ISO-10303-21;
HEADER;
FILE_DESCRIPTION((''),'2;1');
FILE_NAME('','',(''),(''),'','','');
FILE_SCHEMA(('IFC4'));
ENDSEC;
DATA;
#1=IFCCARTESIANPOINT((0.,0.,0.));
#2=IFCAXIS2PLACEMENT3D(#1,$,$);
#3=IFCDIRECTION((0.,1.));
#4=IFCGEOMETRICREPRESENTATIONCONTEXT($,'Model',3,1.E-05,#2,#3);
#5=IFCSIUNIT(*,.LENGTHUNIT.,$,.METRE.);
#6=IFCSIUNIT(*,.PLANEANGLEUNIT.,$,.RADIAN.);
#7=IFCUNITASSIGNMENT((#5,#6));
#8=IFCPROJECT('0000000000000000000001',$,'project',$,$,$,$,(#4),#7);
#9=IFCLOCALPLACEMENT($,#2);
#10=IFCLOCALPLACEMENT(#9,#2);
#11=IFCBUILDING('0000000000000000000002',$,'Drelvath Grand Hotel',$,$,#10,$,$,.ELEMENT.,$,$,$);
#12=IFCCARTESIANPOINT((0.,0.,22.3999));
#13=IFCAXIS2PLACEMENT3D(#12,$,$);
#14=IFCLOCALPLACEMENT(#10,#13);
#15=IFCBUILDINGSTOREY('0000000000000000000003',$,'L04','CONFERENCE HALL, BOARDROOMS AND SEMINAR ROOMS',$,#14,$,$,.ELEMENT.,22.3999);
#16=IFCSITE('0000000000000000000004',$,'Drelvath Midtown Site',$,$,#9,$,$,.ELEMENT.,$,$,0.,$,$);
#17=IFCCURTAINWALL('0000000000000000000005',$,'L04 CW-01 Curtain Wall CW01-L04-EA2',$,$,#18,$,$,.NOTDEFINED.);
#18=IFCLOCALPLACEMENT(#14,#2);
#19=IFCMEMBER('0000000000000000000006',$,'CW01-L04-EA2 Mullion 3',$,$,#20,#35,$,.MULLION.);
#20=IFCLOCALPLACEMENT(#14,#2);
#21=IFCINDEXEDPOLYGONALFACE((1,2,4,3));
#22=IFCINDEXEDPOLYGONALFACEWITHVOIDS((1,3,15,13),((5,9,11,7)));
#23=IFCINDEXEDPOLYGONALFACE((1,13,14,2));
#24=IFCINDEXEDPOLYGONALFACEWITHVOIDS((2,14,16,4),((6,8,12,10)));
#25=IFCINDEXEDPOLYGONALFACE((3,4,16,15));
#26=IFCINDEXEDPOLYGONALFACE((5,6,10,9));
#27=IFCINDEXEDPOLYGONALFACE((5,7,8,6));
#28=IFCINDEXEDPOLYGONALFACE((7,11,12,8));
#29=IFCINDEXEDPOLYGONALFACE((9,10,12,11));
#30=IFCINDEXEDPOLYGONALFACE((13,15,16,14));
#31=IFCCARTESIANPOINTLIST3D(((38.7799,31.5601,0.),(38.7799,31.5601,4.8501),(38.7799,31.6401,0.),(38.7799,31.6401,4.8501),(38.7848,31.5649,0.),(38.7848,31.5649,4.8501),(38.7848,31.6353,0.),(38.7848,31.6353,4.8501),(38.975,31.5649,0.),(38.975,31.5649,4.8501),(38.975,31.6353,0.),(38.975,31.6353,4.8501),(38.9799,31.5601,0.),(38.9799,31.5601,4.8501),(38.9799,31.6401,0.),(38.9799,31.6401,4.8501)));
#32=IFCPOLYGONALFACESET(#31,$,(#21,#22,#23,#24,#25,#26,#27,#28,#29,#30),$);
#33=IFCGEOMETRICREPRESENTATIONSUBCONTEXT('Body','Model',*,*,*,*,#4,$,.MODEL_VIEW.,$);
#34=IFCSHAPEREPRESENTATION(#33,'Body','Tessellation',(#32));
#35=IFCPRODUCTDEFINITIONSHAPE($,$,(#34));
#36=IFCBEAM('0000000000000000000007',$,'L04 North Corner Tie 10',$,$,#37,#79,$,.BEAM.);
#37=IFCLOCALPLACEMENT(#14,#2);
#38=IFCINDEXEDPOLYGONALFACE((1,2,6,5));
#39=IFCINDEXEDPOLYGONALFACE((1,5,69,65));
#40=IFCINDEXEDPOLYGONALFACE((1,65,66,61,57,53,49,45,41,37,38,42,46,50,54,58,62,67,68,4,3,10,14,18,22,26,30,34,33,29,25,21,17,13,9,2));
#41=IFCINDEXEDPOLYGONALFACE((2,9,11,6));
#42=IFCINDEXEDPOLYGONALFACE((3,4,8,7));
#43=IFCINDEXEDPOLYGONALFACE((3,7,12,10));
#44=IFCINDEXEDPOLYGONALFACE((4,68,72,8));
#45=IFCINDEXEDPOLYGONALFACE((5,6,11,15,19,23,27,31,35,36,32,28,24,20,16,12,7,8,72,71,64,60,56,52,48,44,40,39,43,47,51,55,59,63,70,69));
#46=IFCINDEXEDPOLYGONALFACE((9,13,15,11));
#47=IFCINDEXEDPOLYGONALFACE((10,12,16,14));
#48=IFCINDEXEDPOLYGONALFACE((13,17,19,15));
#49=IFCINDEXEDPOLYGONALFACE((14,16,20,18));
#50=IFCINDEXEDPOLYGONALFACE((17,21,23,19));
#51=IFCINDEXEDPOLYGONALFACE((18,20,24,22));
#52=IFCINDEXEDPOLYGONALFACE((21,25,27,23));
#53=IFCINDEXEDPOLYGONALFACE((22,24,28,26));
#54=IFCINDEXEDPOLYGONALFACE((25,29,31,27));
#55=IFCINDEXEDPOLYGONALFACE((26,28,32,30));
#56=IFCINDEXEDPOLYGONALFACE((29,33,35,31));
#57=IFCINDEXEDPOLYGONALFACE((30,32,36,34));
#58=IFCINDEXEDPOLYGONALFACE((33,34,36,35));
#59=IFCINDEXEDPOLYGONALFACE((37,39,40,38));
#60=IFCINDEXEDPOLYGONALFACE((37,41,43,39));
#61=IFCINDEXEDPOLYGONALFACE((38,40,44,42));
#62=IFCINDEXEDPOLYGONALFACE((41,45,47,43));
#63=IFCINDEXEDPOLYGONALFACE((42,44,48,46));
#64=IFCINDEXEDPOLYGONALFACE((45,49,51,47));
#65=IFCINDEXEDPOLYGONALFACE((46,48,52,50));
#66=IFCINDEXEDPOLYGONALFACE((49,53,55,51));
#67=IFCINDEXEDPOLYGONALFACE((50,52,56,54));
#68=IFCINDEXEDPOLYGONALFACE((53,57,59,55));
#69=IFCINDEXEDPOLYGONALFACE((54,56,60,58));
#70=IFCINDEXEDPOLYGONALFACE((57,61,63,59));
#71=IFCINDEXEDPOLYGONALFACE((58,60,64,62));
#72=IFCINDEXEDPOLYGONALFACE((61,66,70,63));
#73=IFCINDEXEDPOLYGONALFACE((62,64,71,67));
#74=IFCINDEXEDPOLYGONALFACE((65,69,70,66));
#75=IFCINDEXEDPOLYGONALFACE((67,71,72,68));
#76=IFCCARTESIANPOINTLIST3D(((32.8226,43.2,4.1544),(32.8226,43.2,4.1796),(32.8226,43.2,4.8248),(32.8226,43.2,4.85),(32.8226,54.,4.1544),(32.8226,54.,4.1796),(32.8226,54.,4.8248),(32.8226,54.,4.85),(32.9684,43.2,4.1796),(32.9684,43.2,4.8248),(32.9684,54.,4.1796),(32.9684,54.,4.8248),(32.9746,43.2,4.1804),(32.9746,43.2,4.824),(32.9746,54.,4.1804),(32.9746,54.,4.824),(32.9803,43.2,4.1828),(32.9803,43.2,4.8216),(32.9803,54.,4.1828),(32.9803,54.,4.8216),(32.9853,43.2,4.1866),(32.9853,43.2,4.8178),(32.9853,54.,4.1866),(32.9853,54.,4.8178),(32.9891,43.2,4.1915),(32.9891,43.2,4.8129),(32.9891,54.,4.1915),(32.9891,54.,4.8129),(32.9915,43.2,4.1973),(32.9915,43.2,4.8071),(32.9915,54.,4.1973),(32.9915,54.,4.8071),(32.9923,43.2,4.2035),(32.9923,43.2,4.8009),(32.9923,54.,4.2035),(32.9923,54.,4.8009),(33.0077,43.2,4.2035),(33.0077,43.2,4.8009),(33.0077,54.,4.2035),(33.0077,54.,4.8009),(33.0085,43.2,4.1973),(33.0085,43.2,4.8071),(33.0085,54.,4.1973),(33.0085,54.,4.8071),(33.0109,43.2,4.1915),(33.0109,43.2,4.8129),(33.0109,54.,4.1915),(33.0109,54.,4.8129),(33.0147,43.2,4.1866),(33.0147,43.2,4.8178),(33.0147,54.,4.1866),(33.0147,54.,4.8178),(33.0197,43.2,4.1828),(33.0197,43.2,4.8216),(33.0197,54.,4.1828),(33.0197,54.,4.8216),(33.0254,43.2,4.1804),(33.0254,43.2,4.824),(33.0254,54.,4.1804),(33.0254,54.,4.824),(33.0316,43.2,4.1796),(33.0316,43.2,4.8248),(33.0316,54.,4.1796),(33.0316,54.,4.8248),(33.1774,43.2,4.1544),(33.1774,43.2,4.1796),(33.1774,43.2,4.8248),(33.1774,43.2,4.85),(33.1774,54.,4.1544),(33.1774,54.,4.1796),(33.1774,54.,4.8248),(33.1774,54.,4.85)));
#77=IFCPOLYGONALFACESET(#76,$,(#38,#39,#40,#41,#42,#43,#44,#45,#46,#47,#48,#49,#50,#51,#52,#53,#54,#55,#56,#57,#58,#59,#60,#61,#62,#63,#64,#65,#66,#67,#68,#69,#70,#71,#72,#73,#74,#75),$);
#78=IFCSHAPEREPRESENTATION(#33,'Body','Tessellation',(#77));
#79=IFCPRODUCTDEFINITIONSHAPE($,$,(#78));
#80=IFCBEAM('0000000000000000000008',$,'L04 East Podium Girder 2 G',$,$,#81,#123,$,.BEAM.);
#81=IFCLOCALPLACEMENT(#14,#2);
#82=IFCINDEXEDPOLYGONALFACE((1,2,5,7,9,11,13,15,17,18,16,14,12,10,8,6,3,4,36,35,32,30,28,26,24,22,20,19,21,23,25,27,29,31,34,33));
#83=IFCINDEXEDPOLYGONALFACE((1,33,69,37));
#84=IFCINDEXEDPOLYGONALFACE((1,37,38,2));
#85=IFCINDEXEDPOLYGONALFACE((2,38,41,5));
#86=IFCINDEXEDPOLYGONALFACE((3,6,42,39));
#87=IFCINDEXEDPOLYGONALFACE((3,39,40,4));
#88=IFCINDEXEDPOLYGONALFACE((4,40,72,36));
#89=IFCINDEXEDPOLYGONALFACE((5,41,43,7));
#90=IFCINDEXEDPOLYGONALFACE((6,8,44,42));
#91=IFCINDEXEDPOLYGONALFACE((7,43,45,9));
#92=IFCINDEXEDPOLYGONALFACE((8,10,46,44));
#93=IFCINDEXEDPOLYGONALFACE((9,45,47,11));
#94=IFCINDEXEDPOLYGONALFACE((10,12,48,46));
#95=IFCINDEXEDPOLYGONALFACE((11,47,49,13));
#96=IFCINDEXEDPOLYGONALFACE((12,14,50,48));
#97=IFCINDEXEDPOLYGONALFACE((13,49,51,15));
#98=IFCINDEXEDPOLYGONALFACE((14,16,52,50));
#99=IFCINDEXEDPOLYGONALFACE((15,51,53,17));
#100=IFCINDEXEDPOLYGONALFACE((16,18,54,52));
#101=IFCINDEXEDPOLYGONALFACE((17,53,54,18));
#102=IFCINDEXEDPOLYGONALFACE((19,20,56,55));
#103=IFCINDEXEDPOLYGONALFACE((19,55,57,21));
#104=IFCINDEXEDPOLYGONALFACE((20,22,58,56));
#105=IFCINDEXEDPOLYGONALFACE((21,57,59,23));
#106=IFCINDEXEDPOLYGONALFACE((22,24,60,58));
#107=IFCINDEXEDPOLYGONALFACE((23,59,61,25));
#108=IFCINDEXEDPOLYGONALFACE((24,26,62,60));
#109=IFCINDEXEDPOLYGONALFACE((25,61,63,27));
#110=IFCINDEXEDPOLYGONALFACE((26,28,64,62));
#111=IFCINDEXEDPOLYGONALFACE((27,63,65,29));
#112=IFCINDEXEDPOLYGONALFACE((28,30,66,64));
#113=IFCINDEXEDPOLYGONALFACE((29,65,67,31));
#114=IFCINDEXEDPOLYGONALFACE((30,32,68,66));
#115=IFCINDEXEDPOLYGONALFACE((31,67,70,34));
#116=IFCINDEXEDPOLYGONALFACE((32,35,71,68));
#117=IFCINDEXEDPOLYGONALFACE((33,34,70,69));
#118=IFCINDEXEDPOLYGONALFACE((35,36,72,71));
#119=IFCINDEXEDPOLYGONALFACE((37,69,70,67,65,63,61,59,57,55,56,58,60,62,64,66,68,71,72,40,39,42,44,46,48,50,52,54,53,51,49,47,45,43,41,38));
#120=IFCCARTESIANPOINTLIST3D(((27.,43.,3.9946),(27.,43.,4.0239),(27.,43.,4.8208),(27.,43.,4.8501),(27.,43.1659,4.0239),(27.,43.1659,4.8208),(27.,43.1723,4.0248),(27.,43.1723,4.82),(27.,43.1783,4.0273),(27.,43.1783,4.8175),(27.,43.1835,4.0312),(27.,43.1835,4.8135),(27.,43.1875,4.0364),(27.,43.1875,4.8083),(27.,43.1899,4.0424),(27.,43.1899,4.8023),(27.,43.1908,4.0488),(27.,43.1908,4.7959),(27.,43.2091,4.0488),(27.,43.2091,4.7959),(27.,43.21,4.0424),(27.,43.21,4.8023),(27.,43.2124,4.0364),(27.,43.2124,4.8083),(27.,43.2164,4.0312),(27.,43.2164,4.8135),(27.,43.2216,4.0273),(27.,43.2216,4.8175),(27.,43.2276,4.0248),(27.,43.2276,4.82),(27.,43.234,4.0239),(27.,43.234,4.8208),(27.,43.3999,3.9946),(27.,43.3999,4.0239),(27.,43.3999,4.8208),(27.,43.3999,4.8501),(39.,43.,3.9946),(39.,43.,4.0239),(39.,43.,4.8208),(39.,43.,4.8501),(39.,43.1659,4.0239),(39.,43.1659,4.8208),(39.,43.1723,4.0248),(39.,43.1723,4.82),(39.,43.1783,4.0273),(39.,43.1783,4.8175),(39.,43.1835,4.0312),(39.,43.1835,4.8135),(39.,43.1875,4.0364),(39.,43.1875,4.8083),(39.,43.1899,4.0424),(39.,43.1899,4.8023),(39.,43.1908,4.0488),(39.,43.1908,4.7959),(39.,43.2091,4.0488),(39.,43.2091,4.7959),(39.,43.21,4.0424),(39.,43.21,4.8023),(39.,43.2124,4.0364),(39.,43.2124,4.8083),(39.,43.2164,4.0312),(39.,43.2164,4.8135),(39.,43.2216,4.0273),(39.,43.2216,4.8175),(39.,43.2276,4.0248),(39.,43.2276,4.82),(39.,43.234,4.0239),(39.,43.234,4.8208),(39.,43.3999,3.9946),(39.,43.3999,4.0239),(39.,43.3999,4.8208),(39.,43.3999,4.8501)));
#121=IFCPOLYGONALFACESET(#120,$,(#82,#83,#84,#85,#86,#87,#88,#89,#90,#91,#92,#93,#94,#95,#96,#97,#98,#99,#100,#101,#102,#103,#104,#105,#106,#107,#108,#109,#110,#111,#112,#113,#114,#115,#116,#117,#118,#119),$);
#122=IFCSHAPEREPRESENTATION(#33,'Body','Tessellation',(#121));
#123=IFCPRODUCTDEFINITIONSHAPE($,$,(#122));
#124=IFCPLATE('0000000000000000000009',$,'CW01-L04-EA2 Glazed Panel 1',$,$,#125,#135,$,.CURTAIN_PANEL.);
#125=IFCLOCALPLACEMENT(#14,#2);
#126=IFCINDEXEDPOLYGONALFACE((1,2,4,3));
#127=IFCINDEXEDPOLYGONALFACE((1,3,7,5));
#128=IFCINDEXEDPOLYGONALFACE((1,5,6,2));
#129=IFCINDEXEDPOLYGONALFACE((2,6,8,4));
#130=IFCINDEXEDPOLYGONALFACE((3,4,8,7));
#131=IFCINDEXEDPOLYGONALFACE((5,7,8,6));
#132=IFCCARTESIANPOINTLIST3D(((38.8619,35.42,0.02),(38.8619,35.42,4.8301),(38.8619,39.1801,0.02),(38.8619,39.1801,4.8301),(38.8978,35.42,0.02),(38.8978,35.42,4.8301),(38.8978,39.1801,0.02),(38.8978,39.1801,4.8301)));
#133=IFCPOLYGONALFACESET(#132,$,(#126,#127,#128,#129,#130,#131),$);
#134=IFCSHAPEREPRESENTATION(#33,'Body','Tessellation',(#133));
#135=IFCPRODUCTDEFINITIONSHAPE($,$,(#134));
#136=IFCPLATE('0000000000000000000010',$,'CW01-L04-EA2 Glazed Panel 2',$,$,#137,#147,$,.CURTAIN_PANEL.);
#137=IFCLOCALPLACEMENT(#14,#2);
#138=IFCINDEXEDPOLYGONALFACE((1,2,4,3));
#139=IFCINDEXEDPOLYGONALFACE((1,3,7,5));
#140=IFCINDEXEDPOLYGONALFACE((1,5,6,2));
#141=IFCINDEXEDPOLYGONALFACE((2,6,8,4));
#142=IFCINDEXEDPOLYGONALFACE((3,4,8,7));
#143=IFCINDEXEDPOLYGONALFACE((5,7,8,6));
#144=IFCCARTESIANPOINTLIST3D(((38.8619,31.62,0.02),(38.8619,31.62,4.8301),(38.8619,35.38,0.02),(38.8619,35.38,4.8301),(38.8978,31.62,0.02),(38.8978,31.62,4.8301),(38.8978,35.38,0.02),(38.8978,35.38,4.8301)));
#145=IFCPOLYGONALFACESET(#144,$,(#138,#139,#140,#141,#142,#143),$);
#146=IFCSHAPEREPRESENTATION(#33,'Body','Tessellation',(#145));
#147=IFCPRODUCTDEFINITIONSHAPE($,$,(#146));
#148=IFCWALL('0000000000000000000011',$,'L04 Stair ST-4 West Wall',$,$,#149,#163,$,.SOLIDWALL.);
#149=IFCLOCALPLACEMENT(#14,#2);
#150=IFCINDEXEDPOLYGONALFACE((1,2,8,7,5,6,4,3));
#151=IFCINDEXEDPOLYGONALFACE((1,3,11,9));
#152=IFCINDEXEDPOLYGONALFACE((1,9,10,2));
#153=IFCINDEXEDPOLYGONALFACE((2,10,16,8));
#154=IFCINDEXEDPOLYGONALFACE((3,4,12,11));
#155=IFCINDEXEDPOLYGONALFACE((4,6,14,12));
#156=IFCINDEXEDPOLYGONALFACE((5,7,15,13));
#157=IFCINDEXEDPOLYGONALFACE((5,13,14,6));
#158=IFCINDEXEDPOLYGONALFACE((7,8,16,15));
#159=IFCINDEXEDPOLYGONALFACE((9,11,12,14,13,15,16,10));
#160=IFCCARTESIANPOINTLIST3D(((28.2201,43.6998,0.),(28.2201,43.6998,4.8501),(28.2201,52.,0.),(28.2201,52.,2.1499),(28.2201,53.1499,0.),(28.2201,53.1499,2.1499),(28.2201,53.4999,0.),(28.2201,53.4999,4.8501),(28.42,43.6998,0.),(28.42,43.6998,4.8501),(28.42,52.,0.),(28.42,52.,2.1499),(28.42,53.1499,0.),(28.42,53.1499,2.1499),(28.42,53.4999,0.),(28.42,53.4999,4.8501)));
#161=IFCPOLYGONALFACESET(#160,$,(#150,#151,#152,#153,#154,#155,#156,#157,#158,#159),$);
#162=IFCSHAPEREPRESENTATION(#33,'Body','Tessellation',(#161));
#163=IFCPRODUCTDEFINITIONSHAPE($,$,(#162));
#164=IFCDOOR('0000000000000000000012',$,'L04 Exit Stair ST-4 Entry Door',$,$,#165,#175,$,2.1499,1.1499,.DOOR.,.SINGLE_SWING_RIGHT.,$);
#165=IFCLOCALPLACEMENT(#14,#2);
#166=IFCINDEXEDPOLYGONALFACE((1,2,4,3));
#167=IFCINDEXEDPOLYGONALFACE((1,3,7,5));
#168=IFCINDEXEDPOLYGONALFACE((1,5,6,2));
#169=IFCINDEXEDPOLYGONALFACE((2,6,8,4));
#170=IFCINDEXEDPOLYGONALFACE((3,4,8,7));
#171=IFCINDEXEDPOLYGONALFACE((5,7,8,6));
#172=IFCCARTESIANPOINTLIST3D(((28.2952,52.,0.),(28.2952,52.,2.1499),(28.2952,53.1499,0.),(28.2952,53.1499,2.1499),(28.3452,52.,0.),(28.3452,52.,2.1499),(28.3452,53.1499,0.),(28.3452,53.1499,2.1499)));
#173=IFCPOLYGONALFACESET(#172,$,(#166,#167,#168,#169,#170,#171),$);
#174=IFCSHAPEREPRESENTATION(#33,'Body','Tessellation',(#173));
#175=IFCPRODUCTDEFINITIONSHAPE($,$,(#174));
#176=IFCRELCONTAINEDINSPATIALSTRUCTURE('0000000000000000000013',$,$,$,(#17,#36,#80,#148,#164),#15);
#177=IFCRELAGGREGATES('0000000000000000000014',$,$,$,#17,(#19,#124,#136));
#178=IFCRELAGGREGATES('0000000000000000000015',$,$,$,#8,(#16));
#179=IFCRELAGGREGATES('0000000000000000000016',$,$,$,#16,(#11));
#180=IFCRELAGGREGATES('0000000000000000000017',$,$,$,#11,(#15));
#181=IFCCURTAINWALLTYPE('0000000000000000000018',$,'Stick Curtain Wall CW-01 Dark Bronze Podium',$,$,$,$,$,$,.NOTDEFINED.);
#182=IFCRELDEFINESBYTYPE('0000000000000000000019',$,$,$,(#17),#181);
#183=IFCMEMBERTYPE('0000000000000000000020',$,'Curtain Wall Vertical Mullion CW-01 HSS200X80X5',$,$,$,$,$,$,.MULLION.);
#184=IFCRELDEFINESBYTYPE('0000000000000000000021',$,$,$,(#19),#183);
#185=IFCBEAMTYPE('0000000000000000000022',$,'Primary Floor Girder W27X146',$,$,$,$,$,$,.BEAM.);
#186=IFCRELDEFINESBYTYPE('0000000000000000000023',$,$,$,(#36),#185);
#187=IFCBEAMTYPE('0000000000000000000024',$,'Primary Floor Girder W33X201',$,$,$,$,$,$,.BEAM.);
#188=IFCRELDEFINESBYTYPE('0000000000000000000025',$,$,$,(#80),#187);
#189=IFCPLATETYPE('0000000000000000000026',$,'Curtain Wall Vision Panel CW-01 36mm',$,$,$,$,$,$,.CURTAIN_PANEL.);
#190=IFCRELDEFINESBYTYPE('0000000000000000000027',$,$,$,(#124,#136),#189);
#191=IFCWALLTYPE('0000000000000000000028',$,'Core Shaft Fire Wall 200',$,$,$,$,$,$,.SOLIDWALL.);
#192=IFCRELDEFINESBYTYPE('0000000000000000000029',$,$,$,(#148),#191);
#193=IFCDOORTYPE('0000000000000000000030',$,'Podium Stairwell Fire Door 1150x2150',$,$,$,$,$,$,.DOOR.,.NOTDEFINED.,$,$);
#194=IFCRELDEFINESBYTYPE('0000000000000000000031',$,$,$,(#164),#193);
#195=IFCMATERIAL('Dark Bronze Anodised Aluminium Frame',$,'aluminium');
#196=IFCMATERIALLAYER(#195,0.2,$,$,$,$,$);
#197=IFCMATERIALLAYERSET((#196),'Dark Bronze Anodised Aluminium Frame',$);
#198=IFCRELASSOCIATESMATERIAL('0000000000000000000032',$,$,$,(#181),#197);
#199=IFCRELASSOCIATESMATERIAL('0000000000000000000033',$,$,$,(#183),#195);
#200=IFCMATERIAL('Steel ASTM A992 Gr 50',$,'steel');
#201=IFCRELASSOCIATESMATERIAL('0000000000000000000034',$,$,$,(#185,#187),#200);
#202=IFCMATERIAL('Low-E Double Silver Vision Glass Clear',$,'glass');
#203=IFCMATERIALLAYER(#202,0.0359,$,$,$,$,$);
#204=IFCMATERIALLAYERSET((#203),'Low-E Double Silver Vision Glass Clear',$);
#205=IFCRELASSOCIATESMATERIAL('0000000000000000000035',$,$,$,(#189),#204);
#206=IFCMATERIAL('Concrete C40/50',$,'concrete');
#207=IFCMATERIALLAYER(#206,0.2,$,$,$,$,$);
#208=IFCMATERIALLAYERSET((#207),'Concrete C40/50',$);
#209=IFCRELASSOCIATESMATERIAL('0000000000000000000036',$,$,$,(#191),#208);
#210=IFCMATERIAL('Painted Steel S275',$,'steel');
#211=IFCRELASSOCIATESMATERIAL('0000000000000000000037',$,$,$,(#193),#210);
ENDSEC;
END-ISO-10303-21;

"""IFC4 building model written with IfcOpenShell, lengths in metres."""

from ifc_helpers import new_model, si_unit, direction, frame, frame_2d, origin, origin_2d, place, context, subcontext, project, spatial, rectangle, hollow_rectangle, i_section, extrude, material, layer, layer_set, material_profile, profile_set, type_object, element, fill, aggregate, save


model = new_model("IFC4")

# Units and contexts
model_context = context("Model", 3, precision=1e-05, world=origin(), true_north=direction((0.0, 1.0)))
body_context = subcontext(model_context, "Body", "Model", "MODEL_VIEW")
ifc_project = project(units=[si_unit("LENGTHUNIT", "METRE"), si_unit("PLANEANGLEUNIT", "RADIAN")], contexts=[model_context])

# Site, building, storey
site_placement = place(None, origin())
site = spatial("IfcSite", under=ifc_project, at=site_placement, Name="Drelvath Midtown Site", CompositionType="ELEMENT", RefElevation=0.0)
building_placement = place(site_placement, origin())
building = spatial("IfcBuilding", under=site, at=building_placement, Name="Drelvath Grand Hotel", CompositionType="ELEMENT")
storey_placement = place(building_placement, frame((0.0, 0.0, 22.3999)))
storey = spatial("IfcBuildingStorey", under=building, at=storey_placement, Name="L04", Description="CONFERENCE HALL, BOARDROOMS AND SEMINAR ROOMS", CompositionType="ELEMENT", Elevation=22.3999)

# Curtain wall, member
ifc_material_1 = material(Name="Dark Bronze Anodised Aluminium Frame", Category="aluminium")
ifc_layer_1 = layer(ifc_material_1, 0.2)
ifc_layer_set_1 = layer_set([ifc_layer_1], Name="Dark Bronze Anodised Aluminium Frame")
curtain_wall_type = type_object("IfcCurtainWallType", Name="Stick Curtain Wall CW-01 Dark Bronze Podium", PredefinedType="NOTDEFINED", material=ifc_layer_set_1)
curtain_wall_placement = place(storey_placement, origin())
curtain_wall = element("IfcCurtainWall", 1, at=curtain_wall_placement, inside=storey, type_object=curtain_wall_type, Name="L04 CW-01 Curtain Wall CW01-L04-EA2", PredefinedType="NOTDEFINED")
ifc_material_profile_1 = material_profile(ifc_material_1, hollow_rectangle(XDim=0.0801, YDim=0.2, WallThickness=0.0049, at=origin_2d()), Name="HSS200X80X5")
ifc_profile_set_1 = profile_set([ifc_material_profile_1], Name="Dark Bronze Anodised Aluminium Frame")
member_type_1 = type_object("IfcMemberType", Name="Curtain Wall Vertical Mullion CW-01 HSS200X80X5", PredefinedType="MULLION", material=ifc_profile_set_1)
member_1_placement = place(storey_placement, frame((38.8799, 31.6001, 0.0), z_axis=(0.0, 0.0, 1.0), x_axis=(0.0, 1.0, 0.0)))
member_1 = element("IfcMember", 2, at=member_1_placement, type_object=member_type_1, Name="CW01-L04-EA2 Mullion 3", PredefinedType="MULLION", context=body_context, shape_type="SweptSolid", body=[
    extrude(hollow_rectangle(XDim=0.0801, YDim=0.2, WallThickness=0.0049, at=origin_2d()), origin(), (0.0, 0.0, 1.0), 4.8501),
])

# Beams
ifc_material_2 = material(Name="Steel ASTM A992 Gr 50", Category="steel")
ifc_material_profile_2 = material_profile(ifc_material_2, i_section(OverallWidth=0.3547, OverallDepth=0.6956, WebThickness=0.0154, FlangeThickness=0.0251, FilletRadius=0.0239, at=origin_2d()), Name="W27X146")
ifc_profile_set_2 = profile_set([ifc_material_profile_2], Name="Steel ASTM A992 Gr 50")
beam_type_1 = type_object("IfcBeamType", Name="Primary Floor Girder W27X146", PredefinedType="BEAM", material=ifc_profile_set_2)
beam_1_placement = place(storey_placement, frame((33.0, 43.2, 4.5022), z_axis=(0.0, 1.0, 0.0), x_axis=(-1.0, 0.0, 0.0)))
element("IfcBeam", 3, at=beam_1_placement, inside=storey, type_object=beam_type_1, Name="L04 North Corner Tie 10", PredefinedType="BEAM", context=body_context, shape_type="SweptSolid", body=[
    extrude(i_section(OverallWidth=0.3547, OverallDepth=0.6956, WebThickness=0.0154, FlangeThickness=0.0251, FilletRadius=0.0239, at=origin_2d()), origin(), (0.0, 0.0, 1.0), 10.8),
])
ifc_material_profile_3 = material_profile(ifc_material_2, i_section(OverallWidth=0.3999, OverallDepth=0.8555, WebThickness=0.0183, FlangeThickness=0.0293, FilletRadius=0.0249, at=origin_2d()), Name="W33X201")
ifc_profile_set_3 = profile_set([ifc_material_profile_3], Name="Steel ASTM A992 Gr 50")
beam_type_2 = type_object("IfcBeamType", Name="Primary Floor Girder W33X201", PredefinedType="BEAM", material=ifc_profile_set_3)
beam_2_placement = place(storey_placement, frame((27.0, 43.2, 4.4224), z_axis=(1.0, 0.0, 0.0), x_axis=(0.0, 1.0, 0.0)))
element("IfcBeam", 4, at=beam_2_placement, inside=storey, type_object=beam_type_2, Name="L04 East Podium Girder 2 G", PredefinedType="BEAM", context=body_context, shape_type="SweptSolid", body=[
    extrude(i_section(OverallWidth=0.3999, OverallDepth=0.8555, WebThickness=0.0183, FlangeThickness=0.0293, FilletRadius=0.0249, at=origin_2d()), origin(), (0.0, 0.0, 1.0), 12.0),
])

# Plates
ifc_material_3 = material(Name="Low-E Double Silver Vision Glass Clear", Category="glass")
ifc_layer_2 = layer(ifc_material_3, 0.0359)
ifc_layer_set_2 = layer_set([ifc_layer_2], Name="Low-E Double Silver Vision Glass Clear")
plate_type = type_object("IfcPlateType", Name="Curtain Wall Vision Panel CW-01 36mm", PredefinedType="CURTAIN_PANEL", material=ifc_layer_set_2)
plate_1_placement = place(storey_placement, frame((38.8799, 37.3, 0.02), z_axis=(0.0, 0.0, 1.0), x_axis=(0.0, -1.0, 0.0)))
plate_1 = element("IfcPlate", 5, at=plate_1_placement, type_object=plate_type, Name="CW01-L04-EA2 Glazed Panel 1", PredefinedType="CURTAIN_PANEL", context=body_context, shape_type="SweptSolid", body=[
    extrude(rectangle(XDim=3.76, YDim=0.0359, at=origin_2d()), origin(), (0.0, 0.0, 1.0), 4.8101),
])
plate_2_placement = place(storey_placement, frame((38.8799, 33.5, 0.02), z_axis=(0.0, 0.0, 1.0), x_axis=(0.0, -1.0, 0.0)))
plate_2 = element("IfcPlate", 6, at=plate_2_placement, type_object=plate_type, Name="CW01-L04-EA2 Glazed Panel 2", PredefinedType="CURTAIN_PANEL", context=body_context, shape_type="SweptSolid", body=[
    extrude(rectangle(XDim=3.76, YDim=0.0359, at=origin_2d()), origin(), (0.0, 0.0, 1.0), 4.8101),
])
aggregate(curtain_wall, [member_1, plate_1, plate_2])

# Wall, opening, door
ifc_material_4 = material(Name="Concrete C40/50", Category="concrete")
ifc_layer_3 = layer(ifc_material_4, 0.2)
ifc_layer_set_3 = layer_set([ifc_layer_3], Name="Concrete C40/50")
wall_type_1 = type_object("IfcWallType", Name="Core Shaft Fire Wall 200", PredefinedType="SOLIDWALL", material=ifc_layer_set_3)
wall_1_placement = place(storey_placement, frame((28.3201, 43.7, 0.0), z_axis=(0.0, 0.0, 1.0), x_axis=(0.0, 1.0, 0.0)))
wall_1 = element("IfcWall", 7, at=wall_1_placement, inside=storey, type_object=wall_type_1, Name="L04 Stair ST-4 West Wall", PredefinedType="SOLIDWALL", context=body_context, shape_type="SweptSolid", body=[
    extrude(rectangle(XDim=9.8, YDim=0.2, at=frame_2d((4.8999, 0.0))), origin(), (0.0, 0.0, 1.0), 4.8501),
])
opening_1_placement = place(wall_1_placement, frame((8.3, 0.0, 0.0)))
opening_1 = element("IfcOpeningElement", 8, at=opening_1_placement, cuts=wall_1, PredefinedType="OPENING", context=body_context, shape_type="SweptSolid", body=[
    extrude(rectangle(XDim=1.1499, YDim=2.1499, at=frame_2d((0.575, 1.075))), frame((0.0, 0.1099, 0.0), z_axis=(0.0, -1.0, 0.0), x_axis=(1.0, 0.0, 0.0)), (0.0, 0.0, 1.0), 0.22),
])
ifc_material_5 = material(Name="Painted Steel S275", Category="steel")
door_type = type_object("IfcDoorType", Name="Podium Stairwell Fire Door 1150x2150", OperationType="NOTDEFINED", PredefinedType="DOOR", material=ifc_material_5)
door_placement = place(opening_1_placement, origin())
door = element("IfcDoor", 9, at=door_placement, inside=storey, type_object=door_type, Name="L04 Exit Stair ST-4 Entry Door", OperationType="SINGLE_SWING_RIGHT", OverallHeight=2.1499, OverallWidth=1.1499, PredefinedType="DOOR", context=body_context, shape_type="SweptSolid", body=[
    extrude(rectangle(XDim=1.1499, YDim=2.1499, at=frame_2d((0.575, 1.075))), frame((0.0, 0.0249, 0.0), z_axis=(0.0, -1.0, 0.0), x_axis=(1.0, 0.0, 0.0)), (0.0, 0.0, 1.0), 0.05),
])
fill(opening_1, door)

save(model, "model.ifc")
